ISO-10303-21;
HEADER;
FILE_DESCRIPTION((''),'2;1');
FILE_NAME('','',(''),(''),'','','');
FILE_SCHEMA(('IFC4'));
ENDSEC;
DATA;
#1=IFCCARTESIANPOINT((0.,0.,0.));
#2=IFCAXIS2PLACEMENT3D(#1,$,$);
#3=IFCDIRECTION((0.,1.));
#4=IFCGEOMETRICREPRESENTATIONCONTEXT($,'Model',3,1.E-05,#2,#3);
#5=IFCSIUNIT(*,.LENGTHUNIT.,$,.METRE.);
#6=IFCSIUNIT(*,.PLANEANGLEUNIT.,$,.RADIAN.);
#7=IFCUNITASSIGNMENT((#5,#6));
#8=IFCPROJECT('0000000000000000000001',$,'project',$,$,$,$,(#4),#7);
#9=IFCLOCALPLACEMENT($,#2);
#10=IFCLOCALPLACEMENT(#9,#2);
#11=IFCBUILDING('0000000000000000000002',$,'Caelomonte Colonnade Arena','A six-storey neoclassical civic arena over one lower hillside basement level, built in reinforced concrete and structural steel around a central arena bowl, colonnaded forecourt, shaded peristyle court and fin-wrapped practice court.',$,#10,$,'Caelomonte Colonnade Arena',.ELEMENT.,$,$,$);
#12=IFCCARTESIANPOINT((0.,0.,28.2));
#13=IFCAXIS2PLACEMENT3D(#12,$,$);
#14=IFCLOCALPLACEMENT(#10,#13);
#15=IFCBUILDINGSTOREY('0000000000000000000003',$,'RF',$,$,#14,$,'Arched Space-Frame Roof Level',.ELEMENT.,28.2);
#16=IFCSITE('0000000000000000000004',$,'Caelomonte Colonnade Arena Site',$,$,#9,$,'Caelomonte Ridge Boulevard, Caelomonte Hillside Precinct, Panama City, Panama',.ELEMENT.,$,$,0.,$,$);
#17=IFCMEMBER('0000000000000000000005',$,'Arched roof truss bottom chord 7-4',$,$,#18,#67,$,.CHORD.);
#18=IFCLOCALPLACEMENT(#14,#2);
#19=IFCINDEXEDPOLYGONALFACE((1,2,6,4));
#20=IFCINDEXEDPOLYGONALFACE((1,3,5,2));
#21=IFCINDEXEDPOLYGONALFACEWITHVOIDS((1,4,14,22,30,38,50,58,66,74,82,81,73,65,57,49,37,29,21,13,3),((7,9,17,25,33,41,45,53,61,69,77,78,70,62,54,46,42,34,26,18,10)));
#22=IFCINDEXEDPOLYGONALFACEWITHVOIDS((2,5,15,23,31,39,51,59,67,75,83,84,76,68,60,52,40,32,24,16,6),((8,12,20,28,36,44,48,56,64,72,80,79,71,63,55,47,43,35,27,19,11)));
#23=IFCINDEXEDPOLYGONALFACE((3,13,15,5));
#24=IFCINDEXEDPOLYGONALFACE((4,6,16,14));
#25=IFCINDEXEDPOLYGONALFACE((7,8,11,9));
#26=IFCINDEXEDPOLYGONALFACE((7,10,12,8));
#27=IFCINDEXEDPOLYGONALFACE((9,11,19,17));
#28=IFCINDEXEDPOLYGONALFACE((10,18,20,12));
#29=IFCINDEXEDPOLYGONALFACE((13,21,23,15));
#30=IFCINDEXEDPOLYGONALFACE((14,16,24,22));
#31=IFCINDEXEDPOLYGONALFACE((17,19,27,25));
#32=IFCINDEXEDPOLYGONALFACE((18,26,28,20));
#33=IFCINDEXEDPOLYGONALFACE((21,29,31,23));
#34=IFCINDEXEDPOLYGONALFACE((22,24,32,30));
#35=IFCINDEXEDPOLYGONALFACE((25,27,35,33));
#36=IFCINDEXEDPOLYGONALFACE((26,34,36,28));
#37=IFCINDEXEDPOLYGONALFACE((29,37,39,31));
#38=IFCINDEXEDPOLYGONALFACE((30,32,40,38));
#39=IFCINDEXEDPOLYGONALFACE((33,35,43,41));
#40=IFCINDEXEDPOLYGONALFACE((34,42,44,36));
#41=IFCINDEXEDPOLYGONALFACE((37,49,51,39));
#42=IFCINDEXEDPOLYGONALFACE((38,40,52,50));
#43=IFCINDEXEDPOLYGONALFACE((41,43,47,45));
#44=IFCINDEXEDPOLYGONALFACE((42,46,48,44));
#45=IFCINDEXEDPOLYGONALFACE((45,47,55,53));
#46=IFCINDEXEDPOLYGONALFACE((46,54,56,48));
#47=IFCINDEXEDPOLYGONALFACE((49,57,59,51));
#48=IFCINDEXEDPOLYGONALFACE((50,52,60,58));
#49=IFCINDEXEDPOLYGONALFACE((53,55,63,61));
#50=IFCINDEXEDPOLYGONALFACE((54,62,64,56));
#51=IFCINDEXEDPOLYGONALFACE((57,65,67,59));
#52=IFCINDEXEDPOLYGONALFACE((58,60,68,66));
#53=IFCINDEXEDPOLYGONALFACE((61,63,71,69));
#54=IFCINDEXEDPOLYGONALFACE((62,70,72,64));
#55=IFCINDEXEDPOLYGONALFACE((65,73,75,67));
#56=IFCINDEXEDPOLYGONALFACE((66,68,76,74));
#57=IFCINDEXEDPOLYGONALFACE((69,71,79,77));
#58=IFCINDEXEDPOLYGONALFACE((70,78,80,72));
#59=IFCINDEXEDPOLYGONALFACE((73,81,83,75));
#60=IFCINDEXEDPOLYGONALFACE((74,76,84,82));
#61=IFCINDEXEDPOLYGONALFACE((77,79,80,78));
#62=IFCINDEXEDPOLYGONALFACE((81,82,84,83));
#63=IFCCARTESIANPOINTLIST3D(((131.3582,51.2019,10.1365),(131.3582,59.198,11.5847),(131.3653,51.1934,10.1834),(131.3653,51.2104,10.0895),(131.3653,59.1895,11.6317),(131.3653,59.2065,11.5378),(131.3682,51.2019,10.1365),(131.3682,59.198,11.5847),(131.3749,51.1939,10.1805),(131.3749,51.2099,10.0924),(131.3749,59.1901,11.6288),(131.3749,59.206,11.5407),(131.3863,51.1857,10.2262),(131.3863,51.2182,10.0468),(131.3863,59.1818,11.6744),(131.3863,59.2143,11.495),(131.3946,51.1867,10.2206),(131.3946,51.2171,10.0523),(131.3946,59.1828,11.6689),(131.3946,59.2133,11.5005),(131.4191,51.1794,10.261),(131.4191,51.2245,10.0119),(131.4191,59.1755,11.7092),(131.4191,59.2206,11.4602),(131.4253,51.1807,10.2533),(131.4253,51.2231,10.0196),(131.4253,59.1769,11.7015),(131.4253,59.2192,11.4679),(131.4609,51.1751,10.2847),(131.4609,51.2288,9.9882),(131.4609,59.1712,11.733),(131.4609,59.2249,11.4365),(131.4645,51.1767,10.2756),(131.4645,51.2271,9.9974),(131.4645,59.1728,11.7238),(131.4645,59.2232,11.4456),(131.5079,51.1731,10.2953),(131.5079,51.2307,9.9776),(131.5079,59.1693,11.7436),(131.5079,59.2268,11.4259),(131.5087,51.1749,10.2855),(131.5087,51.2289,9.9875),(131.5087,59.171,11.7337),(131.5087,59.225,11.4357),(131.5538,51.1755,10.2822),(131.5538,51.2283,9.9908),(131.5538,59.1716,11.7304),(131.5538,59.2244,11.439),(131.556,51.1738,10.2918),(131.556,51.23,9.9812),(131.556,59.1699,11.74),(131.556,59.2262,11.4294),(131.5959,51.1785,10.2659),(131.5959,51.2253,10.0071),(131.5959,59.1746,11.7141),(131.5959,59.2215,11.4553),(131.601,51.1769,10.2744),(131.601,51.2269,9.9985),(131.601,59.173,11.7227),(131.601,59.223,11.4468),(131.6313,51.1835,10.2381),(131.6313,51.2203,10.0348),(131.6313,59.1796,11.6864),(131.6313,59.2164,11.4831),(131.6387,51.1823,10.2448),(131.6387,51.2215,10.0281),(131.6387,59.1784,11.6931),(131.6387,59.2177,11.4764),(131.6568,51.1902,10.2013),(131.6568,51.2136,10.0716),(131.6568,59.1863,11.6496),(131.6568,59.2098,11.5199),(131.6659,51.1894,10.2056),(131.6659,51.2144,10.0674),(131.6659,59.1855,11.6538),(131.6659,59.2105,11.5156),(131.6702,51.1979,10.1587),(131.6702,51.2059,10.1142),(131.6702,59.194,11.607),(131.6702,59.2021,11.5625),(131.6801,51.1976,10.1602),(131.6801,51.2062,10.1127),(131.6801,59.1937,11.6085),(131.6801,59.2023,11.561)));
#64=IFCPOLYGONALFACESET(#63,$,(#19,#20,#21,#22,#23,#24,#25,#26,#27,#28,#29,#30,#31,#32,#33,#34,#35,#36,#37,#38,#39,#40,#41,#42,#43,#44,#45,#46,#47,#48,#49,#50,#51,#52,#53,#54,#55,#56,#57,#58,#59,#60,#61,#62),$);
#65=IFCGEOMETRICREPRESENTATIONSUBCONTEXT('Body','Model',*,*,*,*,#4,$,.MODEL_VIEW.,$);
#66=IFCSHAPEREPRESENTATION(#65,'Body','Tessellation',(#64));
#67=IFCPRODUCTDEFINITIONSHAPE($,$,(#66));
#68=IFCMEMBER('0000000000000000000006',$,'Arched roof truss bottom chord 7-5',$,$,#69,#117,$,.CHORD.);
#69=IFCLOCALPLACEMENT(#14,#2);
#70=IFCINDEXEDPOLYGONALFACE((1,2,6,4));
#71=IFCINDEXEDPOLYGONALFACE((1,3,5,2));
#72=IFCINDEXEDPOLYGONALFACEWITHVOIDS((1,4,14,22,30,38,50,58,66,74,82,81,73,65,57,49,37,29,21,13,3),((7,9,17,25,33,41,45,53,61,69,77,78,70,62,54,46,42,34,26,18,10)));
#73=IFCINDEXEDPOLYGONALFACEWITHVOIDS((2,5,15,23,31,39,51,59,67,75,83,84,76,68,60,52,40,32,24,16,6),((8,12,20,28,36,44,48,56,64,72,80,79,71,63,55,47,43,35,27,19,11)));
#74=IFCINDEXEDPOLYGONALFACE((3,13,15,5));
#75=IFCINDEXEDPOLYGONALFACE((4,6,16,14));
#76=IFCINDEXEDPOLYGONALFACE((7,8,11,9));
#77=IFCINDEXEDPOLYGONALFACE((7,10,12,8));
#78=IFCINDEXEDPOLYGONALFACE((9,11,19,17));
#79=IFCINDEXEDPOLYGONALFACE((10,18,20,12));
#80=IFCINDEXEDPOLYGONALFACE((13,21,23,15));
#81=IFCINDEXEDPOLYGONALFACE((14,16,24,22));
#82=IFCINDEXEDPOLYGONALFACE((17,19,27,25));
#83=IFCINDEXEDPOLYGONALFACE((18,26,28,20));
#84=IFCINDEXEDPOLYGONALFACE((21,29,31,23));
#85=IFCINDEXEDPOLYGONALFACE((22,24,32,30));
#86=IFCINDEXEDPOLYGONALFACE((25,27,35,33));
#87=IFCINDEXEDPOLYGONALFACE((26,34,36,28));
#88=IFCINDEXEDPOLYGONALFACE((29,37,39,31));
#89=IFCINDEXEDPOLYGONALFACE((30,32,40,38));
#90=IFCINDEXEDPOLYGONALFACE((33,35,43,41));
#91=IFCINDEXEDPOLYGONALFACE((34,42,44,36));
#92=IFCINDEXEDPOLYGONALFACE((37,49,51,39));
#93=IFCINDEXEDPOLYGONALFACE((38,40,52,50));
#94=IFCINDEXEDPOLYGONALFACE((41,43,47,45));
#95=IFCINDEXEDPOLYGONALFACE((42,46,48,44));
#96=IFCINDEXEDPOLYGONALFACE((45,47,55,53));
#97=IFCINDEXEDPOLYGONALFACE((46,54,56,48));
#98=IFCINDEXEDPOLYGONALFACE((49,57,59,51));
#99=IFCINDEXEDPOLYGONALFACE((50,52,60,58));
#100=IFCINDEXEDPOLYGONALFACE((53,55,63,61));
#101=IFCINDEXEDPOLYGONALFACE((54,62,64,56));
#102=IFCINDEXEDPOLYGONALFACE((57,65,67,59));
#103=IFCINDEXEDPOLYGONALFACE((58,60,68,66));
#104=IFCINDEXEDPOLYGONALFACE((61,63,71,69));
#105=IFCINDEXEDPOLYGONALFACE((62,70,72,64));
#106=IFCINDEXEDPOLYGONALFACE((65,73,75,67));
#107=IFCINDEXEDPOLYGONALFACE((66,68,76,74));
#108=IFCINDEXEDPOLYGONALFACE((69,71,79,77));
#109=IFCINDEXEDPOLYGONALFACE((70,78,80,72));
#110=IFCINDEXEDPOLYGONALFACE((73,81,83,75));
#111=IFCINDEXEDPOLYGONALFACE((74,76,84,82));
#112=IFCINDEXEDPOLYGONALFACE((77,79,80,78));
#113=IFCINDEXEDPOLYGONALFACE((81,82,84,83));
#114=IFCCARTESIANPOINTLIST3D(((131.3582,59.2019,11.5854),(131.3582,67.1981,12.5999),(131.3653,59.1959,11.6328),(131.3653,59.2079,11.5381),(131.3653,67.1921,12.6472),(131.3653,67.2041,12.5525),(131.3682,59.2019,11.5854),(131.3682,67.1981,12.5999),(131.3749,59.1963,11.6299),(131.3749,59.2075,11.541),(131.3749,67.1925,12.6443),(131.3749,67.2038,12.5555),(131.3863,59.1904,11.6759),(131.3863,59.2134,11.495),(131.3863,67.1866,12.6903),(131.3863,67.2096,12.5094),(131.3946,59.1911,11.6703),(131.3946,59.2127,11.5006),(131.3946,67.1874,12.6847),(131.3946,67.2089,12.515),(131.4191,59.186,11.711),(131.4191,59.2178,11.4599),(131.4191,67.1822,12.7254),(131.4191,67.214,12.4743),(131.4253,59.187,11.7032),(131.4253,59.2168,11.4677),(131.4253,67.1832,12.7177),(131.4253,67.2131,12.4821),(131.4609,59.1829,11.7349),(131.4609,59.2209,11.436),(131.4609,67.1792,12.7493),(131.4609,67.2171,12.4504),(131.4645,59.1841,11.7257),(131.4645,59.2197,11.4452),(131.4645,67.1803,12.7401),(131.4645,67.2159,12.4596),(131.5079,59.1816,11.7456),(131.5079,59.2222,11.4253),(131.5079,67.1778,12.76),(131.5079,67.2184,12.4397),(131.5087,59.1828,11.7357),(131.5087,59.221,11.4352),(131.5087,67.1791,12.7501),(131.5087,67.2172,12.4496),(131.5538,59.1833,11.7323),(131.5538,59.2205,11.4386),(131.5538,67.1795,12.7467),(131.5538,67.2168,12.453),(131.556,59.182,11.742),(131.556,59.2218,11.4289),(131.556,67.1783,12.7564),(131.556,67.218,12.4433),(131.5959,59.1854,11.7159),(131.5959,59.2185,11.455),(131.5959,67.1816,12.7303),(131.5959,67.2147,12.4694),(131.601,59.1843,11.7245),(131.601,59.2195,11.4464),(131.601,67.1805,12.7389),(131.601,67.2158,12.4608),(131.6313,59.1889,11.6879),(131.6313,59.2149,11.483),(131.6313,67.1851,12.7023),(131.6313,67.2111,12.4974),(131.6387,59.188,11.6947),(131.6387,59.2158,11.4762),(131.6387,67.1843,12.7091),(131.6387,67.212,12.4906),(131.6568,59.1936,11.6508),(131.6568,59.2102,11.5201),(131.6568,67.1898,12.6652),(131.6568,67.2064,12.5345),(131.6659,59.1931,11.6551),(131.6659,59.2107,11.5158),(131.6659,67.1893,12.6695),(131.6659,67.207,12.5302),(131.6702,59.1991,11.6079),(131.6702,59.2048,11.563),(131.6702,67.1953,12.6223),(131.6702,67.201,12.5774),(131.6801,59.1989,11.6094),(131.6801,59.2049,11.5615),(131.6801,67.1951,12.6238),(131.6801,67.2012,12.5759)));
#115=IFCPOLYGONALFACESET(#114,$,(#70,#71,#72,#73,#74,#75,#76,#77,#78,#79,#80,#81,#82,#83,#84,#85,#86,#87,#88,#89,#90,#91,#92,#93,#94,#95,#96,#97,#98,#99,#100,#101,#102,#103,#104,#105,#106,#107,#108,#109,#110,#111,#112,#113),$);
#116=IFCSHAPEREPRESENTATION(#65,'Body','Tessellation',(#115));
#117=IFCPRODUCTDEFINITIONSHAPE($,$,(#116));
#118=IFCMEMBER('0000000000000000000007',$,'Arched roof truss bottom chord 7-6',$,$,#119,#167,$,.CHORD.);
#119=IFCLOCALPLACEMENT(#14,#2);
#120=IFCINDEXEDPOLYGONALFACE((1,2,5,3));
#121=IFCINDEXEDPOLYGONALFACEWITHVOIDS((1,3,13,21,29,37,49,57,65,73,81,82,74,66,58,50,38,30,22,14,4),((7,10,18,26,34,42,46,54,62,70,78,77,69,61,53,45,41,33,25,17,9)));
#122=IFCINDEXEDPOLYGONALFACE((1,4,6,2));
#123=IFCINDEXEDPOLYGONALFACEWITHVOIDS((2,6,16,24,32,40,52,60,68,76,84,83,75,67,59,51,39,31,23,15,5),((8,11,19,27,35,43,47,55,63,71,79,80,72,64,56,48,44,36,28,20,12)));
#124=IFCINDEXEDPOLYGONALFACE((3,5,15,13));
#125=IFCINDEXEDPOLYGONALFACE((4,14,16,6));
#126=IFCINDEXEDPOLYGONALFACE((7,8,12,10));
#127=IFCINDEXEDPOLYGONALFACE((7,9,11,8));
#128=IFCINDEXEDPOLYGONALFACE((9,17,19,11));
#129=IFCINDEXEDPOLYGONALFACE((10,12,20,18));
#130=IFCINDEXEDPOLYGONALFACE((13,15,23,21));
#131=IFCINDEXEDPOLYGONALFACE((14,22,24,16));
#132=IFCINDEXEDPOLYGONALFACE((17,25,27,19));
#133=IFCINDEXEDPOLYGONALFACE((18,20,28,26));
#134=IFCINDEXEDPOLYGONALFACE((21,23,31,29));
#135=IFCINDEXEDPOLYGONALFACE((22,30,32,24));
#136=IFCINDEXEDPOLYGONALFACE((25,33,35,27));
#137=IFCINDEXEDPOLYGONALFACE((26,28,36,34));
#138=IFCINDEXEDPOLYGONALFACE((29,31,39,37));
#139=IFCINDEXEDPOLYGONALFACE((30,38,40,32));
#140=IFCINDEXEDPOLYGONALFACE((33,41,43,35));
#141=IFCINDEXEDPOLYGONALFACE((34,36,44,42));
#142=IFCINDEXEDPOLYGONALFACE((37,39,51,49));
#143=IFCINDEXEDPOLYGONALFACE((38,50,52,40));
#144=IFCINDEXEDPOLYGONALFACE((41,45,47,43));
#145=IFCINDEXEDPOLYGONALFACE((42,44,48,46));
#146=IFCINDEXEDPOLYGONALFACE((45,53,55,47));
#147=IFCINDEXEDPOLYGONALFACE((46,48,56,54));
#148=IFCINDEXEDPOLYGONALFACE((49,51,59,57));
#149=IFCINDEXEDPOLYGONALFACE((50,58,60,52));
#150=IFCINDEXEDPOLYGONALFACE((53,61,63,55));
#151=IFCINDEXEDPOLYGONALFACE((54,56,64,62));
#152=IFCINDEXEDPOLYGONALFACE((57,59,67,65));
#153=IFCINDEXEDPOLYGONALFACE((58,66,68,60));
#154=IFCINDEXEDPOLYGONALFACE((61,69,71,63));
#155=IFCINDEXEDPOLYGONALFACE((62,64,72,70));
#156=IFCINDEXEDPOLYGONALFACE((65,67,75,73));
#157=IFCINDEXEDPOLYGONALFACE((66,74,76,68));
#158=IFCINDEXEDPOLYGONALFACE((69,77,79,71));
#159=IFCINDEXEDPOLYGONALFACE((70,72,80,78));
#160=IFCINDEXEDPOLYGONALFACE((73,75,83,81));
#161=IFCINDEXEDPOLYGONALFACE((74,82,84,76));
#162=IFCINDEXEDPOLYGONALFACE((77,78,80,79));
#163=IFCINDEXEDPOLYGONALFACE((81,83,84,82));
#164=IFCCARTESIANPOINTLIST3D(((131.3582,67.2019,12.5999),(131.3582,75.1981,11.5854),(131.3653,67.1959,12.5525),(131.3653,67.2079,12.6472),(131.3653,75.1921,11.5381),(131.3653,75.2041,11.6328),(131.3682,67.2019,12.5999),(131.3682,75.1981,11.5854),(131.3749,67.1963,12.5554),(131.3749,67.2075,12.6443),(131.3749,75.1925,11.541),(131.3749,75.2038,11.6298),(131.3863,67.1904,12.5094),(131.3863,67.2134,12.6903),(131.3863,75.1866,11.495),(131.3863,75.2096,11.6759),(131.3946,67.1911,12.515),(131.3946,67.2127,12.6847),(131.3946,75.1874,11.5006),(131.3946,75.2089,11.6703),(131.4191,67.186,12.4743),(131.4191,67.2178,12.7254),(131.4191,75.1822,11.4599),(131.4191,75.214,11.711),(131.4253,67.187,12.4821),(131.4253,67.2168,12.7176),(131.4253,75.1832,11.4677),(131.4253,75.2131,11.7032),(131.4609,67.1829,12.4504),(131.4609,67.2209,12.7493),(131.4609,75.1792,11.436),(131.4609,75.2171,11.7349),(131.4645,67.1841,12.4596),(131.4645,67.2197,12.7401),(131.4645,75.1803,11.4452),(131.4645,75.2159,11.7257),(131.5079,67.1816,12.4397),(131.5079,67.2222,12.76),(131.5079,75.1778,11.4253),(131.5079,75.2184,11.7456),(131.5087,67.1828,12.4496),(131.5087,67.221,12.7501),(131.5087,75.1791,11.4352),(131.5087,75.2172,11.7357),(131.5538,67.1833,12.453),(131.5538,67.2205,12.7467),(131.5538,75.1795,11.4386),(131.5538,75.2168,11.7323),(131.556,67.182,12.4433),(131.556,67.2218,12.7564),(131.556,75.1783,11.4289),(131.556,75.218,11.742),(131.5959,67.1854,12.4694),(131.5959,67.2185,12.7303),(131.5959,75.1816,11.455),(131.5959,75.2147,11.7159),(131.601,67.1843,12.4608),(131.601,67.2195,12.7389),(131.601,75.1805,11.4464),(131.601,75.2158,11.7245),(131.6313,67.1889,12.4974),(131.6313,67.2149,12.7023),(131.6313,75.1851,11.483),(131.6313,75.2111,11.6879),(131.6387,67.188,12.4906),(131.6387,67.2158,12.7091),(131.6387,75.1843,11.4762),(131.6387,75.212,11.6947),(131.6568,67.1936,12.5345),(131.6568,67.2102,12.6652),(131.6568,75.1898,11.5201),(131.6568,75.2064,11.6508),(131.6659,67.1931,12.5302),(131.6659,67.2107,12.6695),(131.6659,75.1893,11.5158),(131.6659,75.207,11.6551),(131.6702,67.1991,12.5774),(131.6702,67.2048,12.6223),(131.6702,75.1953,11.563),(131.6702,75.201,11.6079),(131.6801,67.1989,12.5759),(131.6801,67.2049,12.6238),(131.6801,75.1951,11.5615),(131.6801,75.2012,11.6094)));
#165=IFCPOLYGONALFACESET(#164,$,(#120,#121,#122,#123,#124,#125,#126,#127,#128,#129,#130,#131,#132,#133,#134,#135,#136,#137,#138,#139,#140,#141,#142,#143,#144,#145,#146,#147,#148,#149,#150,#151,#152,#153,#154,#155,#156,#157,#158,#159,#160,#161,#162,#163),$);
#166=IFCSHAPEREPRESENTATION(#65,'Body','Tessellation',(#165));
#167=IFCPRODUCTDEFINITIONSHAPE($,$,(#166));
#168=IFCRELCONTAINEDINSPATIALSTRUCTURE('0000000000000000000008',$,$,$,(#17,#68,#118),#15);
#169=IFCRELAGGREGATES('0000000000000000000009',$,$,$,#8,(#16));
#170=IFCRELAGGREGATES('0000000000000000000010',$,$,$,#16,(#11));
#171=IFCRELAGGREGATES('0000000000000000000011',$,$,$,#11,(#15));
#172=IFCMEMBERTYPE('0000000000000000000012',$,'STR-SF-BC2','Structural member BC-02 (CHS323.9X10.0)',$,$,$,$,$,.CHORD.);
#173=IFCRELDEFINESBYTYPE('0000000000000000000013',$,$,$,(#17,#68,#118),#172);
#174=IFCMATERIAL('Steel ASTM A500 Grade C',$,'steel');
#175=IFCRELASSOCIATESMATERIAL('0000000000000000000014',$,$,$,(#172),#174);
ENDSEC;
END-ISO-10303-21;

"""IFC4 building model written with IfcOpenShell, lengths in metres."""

from ifc_helpers import new_model, si_unit, direction, frame, origin, origin_2d, place, context, subcontext, project, spatial, hollow_circle, extrude, material, material_profile, profile_set, type_object, element, save


model = new_model("IFC4")

# Units and contexts
model_context = context("Model", 3, precision=1e-05, world=origin(), true_north=direction((0.0, 1.0)))
body_context = subcontext(model_context, "Body", "Model", "MODEL_VIEW")
ifc_project = project(units=[si_unit("LENGTHUNIT", "METRE"), si_unit("PLANEANGLEUNIT", "RADIAN")], contexts=[model_context])

# Site, building, storey
site_placement = place(None, origin())
site = spatial("IfcSite", under=ifc_project, at=site_placement, Name="Caelomonte Colonnade Arena Site", LongName="Caelomonte Ridge Boulevard, Caelomonte Hillside Precinct, Panama City, Panama", CompositionType="ELEMENT", RefElevation=0.0)
building_placement = place(site_placement, origin())
building = spatial("IfcBuilding", under=site, at=building_placement, Name="Caelomonte Colonnade Arena", Description="A six-storey neoclassical civic arena over one lower hillside basement level, built in reinforced concrete and structural steel around a central arena bowl, colonnaded forecourt, shaded peristyle court and fin-wrapped practice court.", LongName="Caelomonte Colonnade Arena", CompositionType="ELEMENT")
storey_placement = place(building_placement, frame((0.0, 0.0, 28.2)))
storey = spatial("IfcBuildingStorey", under=building, at=storey_placement, Name="RF", LongName="Arched Space-Frame Roof Level", CompositionType="ELEMENT", Elevation=28.2)

# Members
ifc_material_1 = material(Name="Steel ASTM A500 Grade C", Category="steel")
ifc_material_profile_1 = material_profile(ifc_material_1, hollow_circle(Radius=0.1619, WallThickness=0.01, at=origin_2d()), Name="CHS323.9X10.0")
ifc_profile_set_1 = profile_set([ifc_material_profile_1], Name="Steel ASTM A500 Grade C")
member_type_1 = type_object("IfcMemberType", Name="STR-SF-BC2", Description="Structural member BC-02 (CHS323.9X10.0)", PredefinedType="CHORD", material=ifc_profile_set_1)
member_1_placement = place(storey_placement, frame((131.52, 51.2019, 10.1365), z_axis=(0.0, 0.983991, 0.178219), x_axis=(-1.0, 0.0, 0.0)))
element("IfcMember", 1, at=member_1_placement, inside=storey, type_object=member_type_1, Name="Arched roof truss bottom chord 7-4", PredefinedType="CHORD", context=body_context, shape_type="SweptSolid", body=[
    extrude(hollow_circle(Radius=0.1619, WallThickness=0.01, at=origin_2d()), origin(), (0.0, 0.0, 1.0), 8.1262),
])
for number, where, z_axis, x_axis, name in (
    (2, (131.52, 59.2019, 11.5854), (0.0, 0.992049, 0.125854), (-1.0, 0.0, 0.0), "Arched roof truss bottom chord 7-5"),
    (3, (131.52, 67.2019, 12.5999), (0.0, 0.992049, -0.125854), (-1.0, 0.0, 0.0), "Arched roof truss bottom chord 7-6"),
):
    element("IfcMember", number, at=place(storey_placement, frame(where, z_axis=z_axis, x_axis=x_axis)), inside=storey, type_object=member_type_1, Name=name, PredefinedType="CHORD", context=body_context, shape_type="SweptSolid", body=[
        extrude(hollow_circle(Radius=0.1619, WallThickness=0.01, at=origin_2d()), origin(), (0.0, 0.0, 1.0), 8.0603),
    ])

save(model, "model.ifc")
